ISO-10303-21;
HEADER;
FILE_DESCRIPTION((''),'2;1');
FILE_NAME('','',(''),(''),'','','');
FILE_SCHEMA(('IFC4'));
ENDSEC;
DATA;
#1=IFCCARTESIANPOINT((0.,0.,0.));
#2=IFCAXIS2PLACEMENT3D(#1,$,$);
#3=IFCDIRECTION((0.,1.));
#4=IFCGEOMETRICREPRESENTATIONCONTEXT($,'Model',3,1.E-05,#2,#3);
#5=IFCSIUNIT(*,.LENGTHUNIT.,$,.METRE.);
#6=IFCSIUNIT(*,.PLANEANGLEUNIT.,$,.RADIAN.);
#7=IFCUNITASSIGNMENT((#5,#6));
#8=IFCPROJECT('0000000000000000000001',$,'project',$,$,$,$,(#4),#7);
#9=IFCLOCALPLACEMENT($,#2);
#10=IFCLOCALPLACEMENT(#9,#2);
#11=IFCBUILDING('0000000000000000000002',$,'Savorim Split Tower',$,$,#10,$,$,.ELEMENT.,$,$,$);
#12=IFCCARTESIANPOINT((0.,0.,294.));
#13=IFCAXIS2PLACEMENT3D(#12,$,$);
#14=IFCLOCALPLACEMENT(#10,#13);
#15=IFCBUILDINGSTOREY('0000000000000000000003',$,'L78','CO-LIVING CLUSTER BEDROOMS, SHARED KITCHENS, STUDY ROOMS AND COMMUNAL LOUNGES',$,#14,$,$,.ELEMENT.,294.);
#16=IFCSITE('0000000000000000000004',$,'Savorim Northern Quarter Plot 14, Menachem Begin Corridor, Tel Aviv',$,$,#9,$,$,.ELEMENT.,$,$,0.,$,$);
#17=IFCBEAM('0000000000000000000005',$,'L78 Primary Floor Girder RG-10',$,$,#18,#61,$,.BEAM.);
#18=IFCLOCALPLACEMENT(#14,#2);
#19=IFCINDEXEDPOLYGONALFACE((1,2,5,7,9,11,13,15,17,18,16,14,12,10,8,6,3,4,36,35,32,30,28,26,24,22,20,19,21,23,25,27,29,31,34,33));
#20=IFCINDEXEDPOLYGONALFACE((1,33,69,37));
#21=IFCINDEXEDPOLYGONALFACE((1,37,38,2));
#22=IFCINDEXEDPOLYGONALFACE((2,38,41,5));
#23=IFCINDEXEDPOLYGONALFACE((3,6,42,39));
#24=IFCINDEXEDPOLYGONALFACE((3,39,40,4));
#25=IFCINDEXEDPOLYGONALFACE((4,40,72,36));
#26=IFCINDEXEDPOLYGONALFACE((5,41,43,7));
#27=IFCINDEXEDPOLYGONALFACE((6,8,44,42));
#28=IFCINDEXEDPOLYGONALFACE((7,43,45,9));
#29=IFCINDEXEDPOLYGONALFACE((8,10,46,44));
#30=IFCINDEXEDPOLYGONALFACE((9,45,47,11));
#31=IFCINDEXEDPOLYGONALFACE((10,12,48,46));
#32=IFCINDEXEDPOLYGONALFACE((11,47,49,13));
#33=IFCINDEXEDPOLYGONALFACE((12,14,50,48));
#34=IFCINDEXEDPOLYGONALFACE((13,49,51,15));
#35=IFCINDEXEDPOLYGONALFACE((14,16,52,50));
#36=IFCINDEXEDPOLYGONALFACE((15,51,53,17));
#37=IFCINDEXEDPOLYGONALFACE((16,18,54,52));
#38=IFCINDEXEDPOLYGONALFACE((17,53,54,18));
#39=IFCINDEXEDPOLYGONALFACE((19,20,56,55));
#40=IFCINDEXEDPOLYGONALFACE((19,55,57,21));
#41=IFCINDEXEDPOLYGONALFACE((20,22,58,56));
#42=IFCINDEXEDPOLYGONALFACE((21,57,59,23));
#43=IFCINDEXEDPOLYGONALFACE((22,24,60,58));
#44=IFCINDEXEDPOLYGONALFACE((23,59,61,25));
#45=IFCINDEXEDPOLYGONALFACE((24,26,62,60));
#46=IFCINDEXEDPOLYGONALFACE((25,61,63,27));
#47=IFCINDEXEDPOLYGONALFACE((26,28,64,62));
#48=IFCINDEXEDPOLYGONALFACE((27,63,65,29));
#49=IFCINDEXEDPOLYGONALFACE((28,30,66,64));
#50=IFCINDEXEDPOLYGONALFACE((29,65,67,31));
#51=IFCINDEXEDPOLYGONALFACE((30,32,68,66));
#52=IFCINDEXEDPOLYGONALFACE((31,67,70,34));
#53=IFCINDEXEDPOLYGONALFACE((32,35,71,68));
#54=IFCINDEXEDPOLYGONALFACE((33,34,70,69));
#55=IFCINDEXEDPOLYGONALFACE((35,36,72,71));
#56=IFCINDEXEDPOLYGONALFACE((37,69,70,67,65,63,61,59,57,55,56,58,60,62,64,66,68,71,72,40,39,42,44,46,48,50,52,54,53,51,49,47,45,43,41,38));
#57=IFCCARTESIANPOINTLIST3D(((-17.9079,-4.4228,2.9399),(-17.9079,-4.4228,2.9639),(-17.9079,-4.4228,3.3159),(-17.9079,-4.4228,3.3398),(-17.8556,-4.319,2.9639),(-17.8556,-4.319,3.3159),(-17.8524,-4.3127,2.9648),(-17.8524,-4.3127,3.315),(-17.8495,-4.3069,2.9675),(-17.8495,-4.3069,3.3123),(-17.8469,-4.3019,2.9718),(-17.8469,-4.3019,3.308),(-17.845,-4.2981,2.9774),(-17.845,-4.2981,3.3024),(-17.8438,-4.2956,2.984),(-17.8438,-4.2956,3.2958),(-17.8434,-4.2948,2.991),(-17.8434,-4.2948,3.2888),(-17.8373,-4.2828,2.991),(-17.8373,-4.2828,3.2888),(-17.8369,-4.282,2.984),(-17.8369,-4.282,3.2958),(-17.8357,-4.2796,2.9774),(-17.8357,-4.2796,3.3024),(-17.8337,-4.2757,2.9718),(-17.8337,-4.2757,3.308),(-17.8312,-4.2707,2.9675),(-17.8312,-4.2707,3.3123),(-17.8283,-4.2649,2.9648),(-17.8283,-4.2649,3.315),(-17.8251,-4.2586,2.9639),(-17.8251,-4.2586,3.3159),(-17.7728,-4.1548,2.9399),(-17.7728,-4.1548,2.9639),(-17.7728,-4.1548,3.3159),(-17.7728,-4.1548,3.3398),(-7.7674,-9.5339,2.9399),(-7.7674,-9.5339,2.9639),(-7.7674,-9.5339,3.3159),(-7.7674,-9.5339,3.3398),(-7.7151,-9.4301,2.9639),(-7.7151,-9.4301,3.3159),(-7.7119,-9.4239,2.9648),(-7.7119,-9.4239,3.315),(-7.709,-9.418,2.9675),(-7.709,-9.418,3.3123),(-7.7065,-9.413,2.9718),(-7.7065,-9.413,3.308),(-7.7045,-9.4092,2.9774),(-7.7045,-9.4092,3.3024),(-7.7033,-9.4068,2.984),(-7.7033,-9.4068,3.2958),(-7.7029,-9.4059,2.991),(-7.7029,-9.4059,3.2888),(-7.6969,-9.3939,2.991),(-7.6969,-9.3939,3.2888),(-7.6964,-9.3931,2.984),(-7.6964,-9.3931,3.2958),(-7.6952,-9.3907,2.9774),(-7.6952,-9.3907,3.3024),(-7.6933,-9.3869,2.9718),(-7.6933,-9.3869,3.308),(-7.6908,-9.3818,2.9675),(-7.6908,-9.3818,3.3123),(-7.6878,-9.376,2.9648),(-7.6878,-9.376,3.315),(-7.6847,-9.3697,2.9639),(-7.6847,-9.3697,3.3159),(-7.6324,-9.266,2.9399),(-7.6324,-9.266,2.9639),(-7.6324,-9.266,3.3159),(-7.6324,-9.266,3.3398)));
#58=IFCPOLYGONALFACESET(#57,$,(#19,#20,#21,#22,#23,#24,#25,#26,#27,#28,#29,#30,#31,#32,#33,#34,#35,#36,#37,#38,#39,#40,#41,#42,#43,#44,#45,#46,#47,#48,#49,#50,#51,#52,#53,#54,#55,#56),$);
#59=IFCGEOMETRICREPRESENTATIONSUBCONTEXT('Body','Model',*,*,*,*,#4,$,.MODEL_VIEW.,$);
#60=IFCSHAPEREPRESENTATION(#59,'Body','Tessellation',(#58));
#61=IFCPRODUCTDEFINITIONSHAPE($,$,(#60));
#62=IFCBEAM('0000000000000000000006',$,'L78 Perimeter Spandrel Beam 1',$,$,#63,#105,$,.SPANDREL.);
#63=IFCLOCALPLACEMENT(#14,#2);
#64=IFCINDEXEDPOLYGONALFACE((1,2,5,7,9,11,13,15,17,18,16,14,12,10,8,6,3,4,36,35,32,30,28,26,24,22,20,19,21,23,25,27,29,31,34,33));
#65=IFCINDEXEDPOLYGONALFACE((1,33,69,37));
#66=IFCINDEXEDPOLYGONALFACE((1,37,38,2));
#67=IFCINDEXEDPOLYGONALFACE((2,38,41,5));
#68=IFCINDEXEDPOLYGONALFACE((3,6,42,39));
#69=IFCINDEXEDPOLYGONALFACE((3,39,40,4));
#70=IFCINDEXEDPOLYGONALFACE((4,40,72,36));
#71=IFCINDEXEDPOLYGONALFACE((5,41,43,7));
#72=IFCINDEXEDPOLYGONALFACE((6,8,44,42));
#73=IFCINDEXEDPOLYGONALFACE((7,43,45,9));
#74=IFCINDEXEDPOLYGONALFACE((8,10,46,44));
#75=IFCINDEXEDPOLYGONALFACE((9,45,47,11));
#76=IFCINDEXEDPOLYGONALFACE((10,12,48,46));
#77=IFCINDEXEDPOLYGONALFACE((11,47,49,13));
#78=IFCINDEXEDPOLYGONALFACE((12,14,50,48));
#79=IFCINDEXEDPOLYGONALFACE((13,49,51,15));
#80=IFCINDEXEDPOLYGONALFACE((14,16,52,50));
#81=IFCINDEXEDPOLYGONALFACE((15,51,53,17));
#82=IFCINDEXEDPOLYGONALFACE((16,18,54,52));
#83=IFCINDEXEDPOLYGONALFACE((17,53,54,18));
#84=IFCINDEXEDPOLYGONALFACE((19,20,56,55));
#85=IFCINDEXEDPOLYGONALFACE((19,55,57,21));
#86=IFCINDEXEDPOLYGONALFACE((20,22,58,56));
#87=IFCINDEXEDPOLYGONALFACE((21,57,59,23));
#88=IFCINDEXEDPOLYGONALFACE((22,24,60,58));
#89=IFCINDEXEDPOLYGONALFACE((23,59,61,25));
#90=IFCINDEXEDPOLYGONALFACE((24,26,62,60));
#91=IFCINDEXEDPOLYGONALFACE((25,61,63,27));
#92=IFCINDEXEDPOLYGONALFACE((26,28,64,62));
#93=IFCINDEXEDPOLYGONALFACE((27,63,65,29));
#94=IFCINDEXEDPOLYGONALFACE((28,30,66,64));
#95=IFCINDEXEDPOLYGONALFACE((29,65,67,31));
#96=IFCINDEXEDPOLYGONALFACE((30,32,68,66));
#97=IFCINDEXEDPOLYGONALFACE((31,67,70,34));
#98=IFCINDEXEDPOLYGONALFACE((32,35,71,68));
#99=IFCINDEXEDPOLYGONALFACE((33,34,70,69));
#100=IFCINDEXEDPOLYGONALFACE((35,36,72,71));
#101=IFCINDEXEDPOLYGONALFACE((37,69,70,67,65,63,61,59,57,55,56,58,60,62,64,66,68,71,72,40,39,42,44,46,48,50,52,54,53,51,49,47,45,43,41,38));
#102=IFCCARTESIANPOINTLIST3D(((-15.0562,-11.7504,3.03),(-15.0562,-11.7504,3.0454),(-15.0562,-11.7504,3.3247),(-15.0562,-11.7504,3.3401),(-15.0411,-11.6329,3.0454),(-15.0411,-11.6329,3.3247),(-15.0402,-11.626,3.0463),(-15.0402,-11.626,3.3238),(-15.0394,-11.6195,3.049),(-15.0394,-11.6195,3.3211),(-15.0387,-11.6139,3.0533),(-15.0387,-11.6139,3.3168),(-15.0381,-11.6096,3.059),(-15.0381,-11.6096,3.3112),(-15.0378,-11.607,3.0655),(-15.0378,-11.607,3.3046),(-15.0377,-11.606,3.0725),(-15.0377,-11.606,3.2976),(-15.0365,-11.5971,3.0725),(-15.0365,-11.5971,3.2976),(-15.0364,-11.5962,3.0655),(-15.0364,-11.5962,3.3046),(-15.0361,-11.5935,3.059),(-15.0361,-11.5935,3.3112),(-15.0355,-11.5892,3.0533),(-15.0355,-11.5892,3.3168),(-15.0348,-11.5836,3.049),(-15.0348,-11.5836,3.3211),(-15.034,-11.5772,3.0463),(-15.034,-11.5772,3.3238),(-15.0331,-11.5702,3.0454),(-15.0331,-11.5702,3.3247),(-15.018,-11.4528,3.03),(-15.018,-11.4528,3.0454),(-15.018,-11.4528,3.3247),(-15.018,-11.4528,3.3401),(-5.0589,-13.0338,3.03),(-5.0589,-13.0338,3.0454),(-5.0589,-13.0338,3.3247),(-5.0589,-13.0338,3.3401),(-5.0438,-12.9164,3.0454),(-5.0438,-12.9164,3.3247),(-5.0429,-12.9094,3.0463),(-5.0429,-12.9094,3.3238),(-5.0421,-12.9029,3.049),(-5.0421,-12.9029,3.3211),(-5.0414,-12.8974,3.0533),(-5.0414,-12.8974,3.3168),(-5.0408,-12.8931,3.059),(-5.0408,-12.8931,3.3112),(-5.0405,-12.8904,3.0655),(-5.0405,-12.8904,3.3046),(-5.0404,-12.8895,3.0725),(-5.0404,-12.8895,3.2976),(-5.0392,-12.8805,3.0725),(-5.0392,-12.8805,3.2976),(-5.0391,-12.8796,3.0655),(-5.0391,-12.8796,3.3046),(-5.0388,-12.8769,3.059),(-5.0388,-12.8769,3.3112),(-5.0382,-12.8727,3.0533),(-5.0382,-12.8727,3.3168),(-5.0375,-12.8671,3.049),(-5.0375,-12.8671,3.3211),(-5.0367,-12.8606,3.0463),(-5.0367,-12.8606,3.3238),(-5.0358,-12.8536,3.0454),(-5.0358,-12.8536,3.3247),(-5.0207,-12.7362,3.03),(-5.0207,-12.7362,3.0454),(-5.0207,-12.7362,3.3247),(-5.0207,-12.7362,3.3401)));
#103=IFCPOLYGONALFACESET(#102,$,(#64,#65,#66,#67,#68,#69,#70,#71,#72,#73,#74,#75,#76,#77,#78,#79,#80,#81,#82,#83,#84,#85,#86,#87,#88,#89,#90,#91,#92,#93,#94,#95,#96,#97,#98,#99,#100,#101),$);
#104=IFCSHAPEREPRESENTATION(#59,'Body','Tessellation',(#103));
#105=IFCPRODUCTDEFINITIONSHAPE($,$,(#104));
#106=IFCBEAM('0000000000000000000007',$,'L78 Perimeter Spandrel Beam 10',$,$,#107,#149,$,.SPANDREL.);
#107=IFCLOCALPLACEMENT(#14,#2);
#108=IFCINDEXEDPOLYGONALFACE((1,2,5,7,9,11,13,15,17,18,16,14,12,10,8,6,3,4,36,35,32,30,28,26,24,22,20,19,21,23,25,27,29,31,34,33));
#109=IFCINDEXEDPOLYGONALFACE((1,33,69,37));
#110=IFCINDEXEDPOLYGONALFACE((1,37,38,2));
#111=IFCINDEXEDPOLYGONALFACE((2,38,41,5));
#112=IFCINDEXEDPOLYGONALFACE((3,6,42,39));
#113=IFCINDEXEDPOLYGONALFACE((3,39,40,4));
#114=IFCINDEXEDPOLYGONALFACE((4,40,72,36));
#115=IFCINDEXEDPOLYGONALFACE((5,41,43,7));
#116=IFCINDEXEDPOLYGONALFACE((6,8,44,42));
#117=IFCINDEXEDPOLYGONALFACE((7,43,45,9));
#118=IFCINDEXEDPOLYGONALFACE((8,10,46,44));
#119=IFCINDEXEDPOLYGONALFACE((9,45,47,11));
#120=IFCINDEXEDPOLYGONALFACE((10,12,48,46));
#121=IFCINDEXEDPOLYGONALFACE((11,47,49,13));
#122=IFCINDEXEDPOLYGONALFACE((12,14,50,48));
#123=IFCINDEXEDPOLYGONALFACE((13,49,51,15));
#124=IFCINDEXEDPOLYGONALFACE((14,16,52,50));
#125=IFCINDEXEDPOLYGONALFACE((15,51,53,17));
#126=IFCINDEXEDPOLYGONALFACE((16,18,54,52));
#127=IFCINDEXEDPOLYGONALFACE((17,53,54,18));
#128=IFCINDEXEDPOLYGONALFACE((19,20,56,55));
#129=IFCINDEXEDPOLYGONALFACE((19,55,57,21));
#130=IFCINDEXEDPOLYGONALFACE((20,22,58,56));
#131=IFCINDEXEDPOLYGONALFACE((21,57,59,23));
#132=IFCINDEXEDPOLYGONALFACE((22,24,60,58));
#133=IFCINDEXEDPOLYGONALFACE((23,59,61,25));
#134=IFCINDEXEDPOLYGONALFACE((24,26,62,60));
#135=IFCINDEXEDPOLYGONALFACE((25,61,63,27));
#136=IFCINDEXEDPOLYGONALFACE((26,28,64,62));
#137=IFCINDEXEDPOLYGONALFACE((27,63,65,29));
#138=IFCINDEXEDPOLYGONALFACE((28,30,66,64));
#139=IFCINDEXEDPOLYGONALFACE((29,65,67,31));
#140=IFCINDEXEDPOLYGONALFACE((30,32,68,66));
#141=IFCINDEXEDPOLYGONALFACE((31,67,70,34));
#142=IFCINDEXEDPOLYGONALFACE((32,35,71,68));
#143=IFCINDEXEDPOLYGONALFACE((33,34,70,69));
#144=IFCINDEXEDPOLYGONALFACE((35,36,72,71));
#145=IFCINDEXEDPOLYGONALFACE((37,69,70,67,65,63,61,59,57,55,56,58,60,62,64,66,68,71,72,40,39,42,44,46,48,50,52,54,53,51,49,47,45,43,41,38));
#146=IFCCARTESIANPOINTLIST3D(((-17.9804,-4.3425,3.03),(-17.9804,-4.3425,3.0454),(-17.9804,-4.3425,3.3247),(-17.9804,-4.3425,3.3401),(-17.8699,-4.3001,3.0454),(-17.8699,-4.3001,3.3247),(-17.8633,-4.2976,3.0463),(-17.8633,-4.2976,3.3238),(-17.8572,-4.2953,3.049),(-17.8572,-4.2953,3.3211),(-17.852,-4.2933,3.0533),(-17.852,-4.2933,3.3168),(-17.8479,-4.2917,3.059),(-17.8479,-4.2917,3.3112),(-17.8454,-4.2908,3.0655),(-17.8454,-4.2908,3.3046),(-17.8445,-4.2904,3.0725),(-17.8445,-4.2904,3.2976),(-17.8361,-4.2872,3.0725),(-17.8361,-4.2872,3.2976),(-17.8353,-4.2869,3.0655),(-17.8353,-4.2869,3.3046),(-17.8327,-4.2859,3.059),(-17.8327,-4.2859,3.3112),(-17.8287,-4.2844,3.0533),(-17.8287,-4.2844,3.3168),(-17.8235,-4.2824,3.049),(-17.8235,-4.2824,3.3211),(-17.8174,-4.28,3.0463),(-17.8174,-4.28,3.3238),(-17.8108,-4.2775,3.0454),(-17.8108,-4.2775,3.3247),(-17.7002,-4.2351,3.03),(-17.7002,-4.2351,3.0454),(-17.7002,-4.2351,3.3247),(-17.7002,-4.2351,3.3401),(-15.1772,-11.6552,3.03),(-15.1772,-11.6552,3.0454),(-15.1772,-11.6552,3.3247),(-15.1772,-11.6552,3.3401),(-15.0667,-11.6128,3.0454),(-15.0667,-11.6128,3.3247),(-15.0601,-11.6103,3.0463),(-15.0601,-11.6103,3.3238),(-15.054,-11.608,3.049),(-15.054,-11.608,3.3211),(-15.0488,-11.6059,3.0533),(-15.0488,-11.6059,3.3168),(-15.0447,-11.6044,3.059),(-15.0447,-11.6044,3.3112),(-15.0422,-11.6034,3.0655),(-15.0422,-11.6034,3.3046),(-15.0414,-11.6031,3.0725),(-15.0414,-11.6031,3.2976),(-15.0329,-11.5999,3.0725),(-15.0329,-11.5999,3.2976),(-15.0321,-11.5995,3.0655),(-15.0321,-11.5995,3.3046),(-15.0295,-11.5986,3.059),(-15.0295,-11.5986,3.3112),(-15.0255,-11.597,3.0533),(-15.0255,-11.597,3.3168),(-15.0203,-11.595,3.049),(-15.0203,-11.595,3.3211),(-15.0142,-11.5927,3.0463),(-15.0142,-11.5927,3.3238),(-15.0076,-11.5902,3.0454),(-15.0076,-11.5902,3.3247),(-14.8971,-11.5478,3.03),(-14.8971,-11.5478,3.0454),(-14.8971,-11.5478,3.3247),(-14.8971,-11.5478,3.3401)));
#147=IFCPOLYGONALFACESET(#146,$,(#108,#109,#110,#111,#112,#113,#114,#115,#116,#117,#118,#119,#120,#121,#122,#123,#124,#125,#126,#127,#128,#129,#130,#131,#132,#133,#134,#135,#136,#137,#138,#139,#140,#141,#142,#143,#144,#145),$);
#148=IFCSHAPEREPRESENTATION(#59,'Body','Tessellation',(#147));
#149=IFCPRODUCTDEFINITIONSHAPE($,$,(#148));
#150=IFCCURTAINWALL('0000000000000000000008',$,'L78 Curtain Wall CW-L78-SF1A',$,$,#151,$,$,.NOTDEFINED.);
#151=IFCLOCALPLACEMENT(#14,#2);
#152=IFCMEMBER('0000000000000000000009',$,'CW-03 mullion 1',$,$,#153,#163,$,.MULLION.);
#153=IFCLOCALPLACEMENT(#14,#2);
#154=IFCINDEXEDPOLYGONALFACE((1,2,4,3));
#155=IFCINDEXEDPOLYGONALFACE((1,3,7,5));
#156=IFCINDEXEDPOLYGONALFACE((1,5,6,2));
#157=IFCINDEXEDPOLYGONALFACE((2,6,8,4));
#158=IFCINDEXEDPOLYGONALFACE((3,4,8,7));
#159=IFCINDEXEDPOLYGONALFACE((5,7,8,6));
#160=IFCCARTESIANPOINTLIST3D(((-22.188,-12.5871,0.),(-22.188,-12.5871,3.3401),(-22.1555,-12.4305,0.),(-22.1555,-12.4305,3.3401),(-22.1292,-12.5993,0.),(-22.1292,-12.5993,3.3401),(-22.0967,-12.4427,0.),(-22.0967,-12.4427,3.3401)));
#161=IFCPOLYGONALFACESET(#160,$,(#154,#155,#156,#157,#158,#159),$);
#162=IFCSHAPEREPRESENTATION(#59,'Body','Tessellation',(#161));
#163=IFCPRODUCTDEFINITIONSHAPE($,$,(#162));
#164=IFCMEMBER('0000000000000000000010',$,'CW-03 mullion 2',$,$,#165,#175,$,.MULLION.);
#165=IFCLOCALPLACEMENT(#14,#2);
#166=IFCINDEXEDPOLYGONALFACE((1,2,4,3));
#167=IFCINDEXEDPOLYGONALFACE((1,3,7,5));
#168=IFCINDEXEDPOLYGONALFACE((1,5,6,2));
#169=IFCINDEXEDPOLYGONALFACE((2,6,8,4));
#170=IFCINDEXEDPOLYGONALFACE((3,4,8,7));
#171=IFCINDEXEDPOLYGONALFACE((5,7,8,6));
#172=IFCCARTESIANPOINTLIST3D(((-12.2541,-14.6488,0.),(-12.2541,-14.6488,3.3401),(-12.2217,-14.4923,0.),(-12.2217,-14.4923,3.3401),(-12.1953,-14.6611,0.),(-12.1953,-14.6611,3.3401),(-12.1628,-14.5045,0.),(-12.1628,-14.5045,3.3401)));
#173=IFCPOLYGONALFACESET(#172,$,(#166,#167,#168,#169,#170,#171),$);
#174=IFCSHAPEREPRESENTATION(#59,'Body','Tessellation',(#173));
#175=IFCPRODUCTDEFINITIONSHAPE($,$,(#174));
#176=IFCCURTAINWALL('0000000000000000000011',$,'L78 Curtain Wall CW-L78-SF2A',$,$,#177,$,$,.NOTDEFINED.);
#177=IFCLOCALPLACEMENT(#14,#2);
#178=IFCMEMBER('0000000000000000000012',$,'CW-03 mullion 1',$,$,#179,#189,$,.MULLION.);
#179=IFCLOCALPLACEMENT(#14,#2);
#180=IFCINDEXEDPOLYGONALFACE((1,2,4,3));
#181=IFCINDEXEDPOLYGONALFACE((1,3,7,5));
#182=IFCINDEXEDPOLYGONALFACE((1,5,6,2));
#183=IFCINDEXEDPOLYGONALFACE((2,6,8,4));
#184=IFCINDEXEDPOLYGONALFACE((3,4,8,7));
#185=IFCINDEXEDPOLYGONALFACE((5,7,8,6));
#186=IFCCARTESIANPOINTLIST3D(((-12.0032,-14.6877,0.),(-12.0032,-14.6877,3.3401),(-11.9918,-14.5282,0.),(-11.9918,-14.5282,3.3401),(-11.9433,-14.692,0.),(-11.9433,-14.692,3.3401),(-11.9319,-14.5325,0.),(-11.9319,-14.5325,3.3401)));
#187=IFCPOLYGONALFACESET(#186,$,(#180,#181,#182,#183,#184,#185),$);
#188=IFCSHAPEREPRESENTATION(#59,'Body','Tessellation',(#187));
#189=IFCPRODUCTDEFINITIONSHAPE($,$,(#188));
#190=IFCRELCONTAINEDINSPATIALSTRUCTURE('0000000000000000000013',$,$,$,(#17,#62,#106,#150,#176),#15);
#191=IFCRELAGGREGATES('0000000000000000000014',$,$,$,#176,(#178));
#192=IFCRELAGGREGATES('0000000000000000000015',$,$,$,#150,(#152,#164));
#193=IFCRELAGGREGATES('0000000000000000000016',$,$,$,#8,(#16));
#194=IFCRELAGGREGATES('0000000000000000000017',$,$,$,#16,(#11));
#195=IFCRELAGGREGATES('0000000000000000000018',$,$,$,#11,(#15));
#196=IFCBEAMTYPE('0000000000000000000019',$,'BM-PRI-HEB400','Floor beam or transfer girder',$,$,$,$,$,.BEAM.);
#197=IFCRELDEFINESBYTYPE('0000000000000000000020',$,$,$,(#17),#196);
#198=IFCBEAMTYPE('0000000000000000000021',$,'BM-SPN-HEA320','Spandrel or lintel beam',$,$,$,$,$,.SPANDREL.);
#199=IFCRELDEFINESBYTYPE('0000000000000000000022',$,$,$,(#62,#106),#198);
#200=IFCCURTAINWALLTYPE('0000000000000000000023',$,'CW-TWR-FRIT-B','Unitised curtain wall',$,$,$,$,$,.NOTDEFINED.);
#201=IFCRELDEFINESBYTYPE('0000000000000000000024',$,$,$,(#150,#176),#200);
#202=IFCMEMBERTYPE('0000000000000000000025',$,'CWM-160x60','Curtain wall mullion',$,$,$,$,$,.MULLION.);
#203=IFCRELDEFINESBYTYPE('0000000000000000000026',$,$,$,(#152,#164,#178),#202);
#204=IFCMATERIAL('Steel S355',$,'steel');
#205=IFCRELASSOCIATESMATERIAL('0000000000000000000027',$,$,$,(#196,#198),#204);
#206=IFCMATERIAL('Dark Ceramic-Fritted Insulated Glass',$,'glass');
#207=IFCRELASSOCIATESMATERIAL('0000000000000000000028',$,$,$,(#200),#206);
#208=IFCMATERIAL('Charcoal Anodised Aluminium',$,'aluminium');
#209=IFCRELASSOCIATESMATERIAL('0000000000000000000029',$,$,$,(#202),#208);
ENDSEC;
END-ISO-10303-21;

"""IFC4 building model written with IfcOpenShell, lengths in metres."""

from ifc_helpers import new_model, si_unit, direction, frame, origin, origin_2d, place, context, subcontext, project, spatial, rectangle, i_section, extrude, material, material_profile, profile_set, type_object, element, aggregate, save


model = new_model("IFC4")

# Units and contexts
model_context = context("Model", 3, precision=1e-05, world=origin(), true_north=direction((0.0, 1.0)))
body_context = subcontext(model_context, "Body", "Model", "MODEL_VIEW")
ifc_project = project(units=[si_unit("LENGTHUNIT", "METRE"), si_unit("PLANEANGLEUNIT", "RADIAN")], contexts=[model_context])

# Site, building, storey
site_placement = place(None, origin())
site = spatial("IfcSite", under=ifc_project, at=site_placement, Name="Savorim Northern Quarter Plot 14, Menachem Begin Corridor, Tel Aviv", CompositionType="ELEMENT", RefElevation=0.0)
building_placement = place(site_placement, origin())
building = spatial("IfcBuilding", under=site, at=building_placement, Name="Savorim Split Tower", CompositionType="ELEMENT")
storey_placement = place(building_placement, frame((0.0, 0.0, 294.0)))
storey = spatial("IfcBuildingStorey", under=building, at=storey_placement, Name="L78", Description="CO-LIVING CLUSTER BEDROOMS, SHARED KITCHENS, STUDY ROOMS AND COMMUNAL LOUNGES", CompositionType="ELEMENT", Elevation=294.0)

# Shared definitions
ifc_material_1 = material(Name="Steel S355", Category="steel")

# Beams
ifc_material_profile_1 = material_profile(ifc_material_1, i_section(OverallWidth=0.3, OverallDepth=0.3999, WebThickness=0.0134, FlangeThickness=0.0239, FilletRadius=0.0271, at=origin_2d()), Name="HEB 400")
ifc_profile_set_1 = profile_set([ifc_material_profile_1], Name="Steel S355")
beam_type_1 = type_object("IfcBeamType", Name="BM-PRI-HEB400", Description="Floor beam or transfer girder", PredefinedType="BEAM", material=ifc_profile_set_1)
beam_1_placement = place(storey_placement, frame((-17.8403, -4.2888, 3.1399), z_axis=(0.892982, -0.450092, 0.0), x_axis=(0.450092, 0.892982, 0.0)))
element("IfcBeam", 1, at=beam_1_placement, inside=storey, type_object=beam_type_1, Name="L78 Primary Floor Girder RG-10", PredefinedType="BEAM", context=body_context, shape_type="SweptSolid", body=[
    extrude(i_section(OverallWidth=0.3, OverallDepth=0.3999, WebThickness=0.0134, FlangeThickness=0.0239, FilletRadius=0.0271, at=origin_2d()), origin(), (0.0, 0.0, 1.0), 11.3557),
])
ifc_material_profile_2 = material_profile(ifc_material_1, i_section(OverallWidth=0.3, OverallDepth=0.3101, WebThickness=0.009, FlangeThickness=0.0154, FilletRadius=0.0271, at=origin_2d()), Name="HEA 320")
ifc_profile_set_2 = profile_set([ifc_material_profile_2], Name="Steel S355")
beam_type_2 = type_object("IfcBeamType", Name="BM-SPN-HEA320", Description="Spandrel or lintel beam", PredefinedType="SPANDREL", material=ifc_profile_set_2)
beam_2_placement = place(storey_placement, frame((-15.0371, -11.6016, 3.1851), z_axis=(0.99186, -0.127334, 0.0), x_axis=(0.127334, 0.99186, 0.0)))
element("IfcBeam", 2, at=beam_2_placement, inside=storey, type_object=beam_type_2, Name="L78 Perimeter Spandrel Beam 1", PredefinedType="SPANDREL", context=body_context, shape_type="SweptSolid", body=[
    extrude(i_section(OverallWidth=0.3, OverallDepth=0.3101, WebThickness=0.009, FlangeThickness=0.0154, FilletRadius=0.0271, at=origin_2d()), origin(), (0.0, 0.0, 1.0), 10.0793),
])
beam_3_placement = place(storey_placement, frame((-17.8403, -4.2888, 3.1851), z_axis=(0.357936, -0.933746, 0.0), x_axis=(0.933746, 0.357936, 0.0)))
element("IfcBeam", 3, at=beam_3_placement, inside=storey, type_object=beam_type_2, Name="L78 Perimeter Spandrel Beam 10", PredefinedType="SPANDREL", context=body_context, shape_type="SweptSolid", body=[
    extrude(i_section(OverallWidth=0.3, OverallDepth=0.3101, WebThickness=0.009, FlangeThickness=0.0154, FilletRadius=0.0271, at=origin_2d()), origin(), (0.0, 0.0, 1.0), 7.8315),
])

# Curtain wall, members
ifc_material_2 = material(Name="Dark Ceramic-Fritted Insulated Glass", Category="glass")
curtain_wall_type = type_object("IfcCurtainWallType", Name="CW-TWR-FRIT-B", Description="Unitised curtain wall", PredefinedType="NOTDEFINED", material=ifc_material_2)
curtain_wall_1_placement = place(storey_placement, origin())
curtain_wall_1 = element("IfcCurtainWall", 4, at=curtain_wall_1_placement, inside=storey, type_object=curtain_wall_type, Name="L78 Curtain Wall CW-L78-SF1A", PredefinedType="NOTDEFINED")
ifc_material_3 = material(Name="Charcoal Anodised Aluminium", Category="aluminium")
ifc_material_profile_3 = material_profile(ifc_material_3, rectangle(XDim=0.1599, YDim=0.0601, at=origin_2d()), Name="ALU-M 160x60")
ifc_profile_set_3 = profile_set([ifc_material_profile_3], Name="Charcoal Anodised Aluminium")
member_type_1 = type_object("IfcMemberType", Name="CWM-160x60", Description="Curtain wall mullion", PredefinedType="MULLION", material=ifc_profile_set_3)
member_1_placement = place(storey_placement, frame((-22.1423, -12.5149, 0.0), z_axis=(0.0, 0.0, 1.0), x_axis=(0.203215, 0.979134, 0.0)))
member_1 = element("IfcMember", 5, at=member_1_placement, type_object=member_type_1, Name="CW-03 mullion 1", PredefinedType="MULLION", context=body_context, shape_type="SweptSolid", body=[
    extrude(rectangle(XDim=0.1599, YDim=0.0601, at=origin_2d()), origin(), (0.0, 0.0, 1.0), 3.3401),
])
member_2_placement = place(storey_placement, frame((-12.2085, -14.5767, 0.0), z_axis=(0.0, 0.0, 1.0), x_axis=(0.203215, 0.979134, 0.0)))
member_2 = element("IfcMember", 6, at=member_2_placement, type_object=member_type_1, Name="CW-03 mullion 2", PredefinedType="MULLION", context=body_context, shape_type="SweptSolid", body=[
    extrude(rectangle(XDim=0.1599, YDim=0.0601, at=origin_2d()), origin(), (0.0, 0.0, 1.0), 3.3401),
])

# Curtain wall, member
curtain_wall_2_placement = place(storey_placement, origin())
curtain_wall_2 = element("IfcCurtainWall", 7, at=curtain_wall_2_placement, inside=storey, type_object=curtain_wall_type, Name="L78 Curtain Wall CW-L78-SF2A", PredefinedType="NOTDEFINED")
member_3_placement = place(storey_placement, frame((-11.9675, -14.6101, 0.0), z_axis=(0.0, 0.0, 1.0), x_axis=(0.07156, 0.997436, 0.0)))
member_3 = element("IfcMember", 8, at=member_3_placement, type_object=member_type_1, Name="CW-03 mullion 1", PredefinedType="MULLION", context=body_context, shape_type="SweptSolid", body=[
    extrude(rectangle(XDim=0.1599, YDim=0.0601, at=origin_2d()), origin(), (0.0, 0.0, 1.0), 3.3401),
])

aggregate(curtain_wall_2, [member_3])

aggregate(curtain_wall_1, [member_1, member_2])

save(model, "model.ifc")
